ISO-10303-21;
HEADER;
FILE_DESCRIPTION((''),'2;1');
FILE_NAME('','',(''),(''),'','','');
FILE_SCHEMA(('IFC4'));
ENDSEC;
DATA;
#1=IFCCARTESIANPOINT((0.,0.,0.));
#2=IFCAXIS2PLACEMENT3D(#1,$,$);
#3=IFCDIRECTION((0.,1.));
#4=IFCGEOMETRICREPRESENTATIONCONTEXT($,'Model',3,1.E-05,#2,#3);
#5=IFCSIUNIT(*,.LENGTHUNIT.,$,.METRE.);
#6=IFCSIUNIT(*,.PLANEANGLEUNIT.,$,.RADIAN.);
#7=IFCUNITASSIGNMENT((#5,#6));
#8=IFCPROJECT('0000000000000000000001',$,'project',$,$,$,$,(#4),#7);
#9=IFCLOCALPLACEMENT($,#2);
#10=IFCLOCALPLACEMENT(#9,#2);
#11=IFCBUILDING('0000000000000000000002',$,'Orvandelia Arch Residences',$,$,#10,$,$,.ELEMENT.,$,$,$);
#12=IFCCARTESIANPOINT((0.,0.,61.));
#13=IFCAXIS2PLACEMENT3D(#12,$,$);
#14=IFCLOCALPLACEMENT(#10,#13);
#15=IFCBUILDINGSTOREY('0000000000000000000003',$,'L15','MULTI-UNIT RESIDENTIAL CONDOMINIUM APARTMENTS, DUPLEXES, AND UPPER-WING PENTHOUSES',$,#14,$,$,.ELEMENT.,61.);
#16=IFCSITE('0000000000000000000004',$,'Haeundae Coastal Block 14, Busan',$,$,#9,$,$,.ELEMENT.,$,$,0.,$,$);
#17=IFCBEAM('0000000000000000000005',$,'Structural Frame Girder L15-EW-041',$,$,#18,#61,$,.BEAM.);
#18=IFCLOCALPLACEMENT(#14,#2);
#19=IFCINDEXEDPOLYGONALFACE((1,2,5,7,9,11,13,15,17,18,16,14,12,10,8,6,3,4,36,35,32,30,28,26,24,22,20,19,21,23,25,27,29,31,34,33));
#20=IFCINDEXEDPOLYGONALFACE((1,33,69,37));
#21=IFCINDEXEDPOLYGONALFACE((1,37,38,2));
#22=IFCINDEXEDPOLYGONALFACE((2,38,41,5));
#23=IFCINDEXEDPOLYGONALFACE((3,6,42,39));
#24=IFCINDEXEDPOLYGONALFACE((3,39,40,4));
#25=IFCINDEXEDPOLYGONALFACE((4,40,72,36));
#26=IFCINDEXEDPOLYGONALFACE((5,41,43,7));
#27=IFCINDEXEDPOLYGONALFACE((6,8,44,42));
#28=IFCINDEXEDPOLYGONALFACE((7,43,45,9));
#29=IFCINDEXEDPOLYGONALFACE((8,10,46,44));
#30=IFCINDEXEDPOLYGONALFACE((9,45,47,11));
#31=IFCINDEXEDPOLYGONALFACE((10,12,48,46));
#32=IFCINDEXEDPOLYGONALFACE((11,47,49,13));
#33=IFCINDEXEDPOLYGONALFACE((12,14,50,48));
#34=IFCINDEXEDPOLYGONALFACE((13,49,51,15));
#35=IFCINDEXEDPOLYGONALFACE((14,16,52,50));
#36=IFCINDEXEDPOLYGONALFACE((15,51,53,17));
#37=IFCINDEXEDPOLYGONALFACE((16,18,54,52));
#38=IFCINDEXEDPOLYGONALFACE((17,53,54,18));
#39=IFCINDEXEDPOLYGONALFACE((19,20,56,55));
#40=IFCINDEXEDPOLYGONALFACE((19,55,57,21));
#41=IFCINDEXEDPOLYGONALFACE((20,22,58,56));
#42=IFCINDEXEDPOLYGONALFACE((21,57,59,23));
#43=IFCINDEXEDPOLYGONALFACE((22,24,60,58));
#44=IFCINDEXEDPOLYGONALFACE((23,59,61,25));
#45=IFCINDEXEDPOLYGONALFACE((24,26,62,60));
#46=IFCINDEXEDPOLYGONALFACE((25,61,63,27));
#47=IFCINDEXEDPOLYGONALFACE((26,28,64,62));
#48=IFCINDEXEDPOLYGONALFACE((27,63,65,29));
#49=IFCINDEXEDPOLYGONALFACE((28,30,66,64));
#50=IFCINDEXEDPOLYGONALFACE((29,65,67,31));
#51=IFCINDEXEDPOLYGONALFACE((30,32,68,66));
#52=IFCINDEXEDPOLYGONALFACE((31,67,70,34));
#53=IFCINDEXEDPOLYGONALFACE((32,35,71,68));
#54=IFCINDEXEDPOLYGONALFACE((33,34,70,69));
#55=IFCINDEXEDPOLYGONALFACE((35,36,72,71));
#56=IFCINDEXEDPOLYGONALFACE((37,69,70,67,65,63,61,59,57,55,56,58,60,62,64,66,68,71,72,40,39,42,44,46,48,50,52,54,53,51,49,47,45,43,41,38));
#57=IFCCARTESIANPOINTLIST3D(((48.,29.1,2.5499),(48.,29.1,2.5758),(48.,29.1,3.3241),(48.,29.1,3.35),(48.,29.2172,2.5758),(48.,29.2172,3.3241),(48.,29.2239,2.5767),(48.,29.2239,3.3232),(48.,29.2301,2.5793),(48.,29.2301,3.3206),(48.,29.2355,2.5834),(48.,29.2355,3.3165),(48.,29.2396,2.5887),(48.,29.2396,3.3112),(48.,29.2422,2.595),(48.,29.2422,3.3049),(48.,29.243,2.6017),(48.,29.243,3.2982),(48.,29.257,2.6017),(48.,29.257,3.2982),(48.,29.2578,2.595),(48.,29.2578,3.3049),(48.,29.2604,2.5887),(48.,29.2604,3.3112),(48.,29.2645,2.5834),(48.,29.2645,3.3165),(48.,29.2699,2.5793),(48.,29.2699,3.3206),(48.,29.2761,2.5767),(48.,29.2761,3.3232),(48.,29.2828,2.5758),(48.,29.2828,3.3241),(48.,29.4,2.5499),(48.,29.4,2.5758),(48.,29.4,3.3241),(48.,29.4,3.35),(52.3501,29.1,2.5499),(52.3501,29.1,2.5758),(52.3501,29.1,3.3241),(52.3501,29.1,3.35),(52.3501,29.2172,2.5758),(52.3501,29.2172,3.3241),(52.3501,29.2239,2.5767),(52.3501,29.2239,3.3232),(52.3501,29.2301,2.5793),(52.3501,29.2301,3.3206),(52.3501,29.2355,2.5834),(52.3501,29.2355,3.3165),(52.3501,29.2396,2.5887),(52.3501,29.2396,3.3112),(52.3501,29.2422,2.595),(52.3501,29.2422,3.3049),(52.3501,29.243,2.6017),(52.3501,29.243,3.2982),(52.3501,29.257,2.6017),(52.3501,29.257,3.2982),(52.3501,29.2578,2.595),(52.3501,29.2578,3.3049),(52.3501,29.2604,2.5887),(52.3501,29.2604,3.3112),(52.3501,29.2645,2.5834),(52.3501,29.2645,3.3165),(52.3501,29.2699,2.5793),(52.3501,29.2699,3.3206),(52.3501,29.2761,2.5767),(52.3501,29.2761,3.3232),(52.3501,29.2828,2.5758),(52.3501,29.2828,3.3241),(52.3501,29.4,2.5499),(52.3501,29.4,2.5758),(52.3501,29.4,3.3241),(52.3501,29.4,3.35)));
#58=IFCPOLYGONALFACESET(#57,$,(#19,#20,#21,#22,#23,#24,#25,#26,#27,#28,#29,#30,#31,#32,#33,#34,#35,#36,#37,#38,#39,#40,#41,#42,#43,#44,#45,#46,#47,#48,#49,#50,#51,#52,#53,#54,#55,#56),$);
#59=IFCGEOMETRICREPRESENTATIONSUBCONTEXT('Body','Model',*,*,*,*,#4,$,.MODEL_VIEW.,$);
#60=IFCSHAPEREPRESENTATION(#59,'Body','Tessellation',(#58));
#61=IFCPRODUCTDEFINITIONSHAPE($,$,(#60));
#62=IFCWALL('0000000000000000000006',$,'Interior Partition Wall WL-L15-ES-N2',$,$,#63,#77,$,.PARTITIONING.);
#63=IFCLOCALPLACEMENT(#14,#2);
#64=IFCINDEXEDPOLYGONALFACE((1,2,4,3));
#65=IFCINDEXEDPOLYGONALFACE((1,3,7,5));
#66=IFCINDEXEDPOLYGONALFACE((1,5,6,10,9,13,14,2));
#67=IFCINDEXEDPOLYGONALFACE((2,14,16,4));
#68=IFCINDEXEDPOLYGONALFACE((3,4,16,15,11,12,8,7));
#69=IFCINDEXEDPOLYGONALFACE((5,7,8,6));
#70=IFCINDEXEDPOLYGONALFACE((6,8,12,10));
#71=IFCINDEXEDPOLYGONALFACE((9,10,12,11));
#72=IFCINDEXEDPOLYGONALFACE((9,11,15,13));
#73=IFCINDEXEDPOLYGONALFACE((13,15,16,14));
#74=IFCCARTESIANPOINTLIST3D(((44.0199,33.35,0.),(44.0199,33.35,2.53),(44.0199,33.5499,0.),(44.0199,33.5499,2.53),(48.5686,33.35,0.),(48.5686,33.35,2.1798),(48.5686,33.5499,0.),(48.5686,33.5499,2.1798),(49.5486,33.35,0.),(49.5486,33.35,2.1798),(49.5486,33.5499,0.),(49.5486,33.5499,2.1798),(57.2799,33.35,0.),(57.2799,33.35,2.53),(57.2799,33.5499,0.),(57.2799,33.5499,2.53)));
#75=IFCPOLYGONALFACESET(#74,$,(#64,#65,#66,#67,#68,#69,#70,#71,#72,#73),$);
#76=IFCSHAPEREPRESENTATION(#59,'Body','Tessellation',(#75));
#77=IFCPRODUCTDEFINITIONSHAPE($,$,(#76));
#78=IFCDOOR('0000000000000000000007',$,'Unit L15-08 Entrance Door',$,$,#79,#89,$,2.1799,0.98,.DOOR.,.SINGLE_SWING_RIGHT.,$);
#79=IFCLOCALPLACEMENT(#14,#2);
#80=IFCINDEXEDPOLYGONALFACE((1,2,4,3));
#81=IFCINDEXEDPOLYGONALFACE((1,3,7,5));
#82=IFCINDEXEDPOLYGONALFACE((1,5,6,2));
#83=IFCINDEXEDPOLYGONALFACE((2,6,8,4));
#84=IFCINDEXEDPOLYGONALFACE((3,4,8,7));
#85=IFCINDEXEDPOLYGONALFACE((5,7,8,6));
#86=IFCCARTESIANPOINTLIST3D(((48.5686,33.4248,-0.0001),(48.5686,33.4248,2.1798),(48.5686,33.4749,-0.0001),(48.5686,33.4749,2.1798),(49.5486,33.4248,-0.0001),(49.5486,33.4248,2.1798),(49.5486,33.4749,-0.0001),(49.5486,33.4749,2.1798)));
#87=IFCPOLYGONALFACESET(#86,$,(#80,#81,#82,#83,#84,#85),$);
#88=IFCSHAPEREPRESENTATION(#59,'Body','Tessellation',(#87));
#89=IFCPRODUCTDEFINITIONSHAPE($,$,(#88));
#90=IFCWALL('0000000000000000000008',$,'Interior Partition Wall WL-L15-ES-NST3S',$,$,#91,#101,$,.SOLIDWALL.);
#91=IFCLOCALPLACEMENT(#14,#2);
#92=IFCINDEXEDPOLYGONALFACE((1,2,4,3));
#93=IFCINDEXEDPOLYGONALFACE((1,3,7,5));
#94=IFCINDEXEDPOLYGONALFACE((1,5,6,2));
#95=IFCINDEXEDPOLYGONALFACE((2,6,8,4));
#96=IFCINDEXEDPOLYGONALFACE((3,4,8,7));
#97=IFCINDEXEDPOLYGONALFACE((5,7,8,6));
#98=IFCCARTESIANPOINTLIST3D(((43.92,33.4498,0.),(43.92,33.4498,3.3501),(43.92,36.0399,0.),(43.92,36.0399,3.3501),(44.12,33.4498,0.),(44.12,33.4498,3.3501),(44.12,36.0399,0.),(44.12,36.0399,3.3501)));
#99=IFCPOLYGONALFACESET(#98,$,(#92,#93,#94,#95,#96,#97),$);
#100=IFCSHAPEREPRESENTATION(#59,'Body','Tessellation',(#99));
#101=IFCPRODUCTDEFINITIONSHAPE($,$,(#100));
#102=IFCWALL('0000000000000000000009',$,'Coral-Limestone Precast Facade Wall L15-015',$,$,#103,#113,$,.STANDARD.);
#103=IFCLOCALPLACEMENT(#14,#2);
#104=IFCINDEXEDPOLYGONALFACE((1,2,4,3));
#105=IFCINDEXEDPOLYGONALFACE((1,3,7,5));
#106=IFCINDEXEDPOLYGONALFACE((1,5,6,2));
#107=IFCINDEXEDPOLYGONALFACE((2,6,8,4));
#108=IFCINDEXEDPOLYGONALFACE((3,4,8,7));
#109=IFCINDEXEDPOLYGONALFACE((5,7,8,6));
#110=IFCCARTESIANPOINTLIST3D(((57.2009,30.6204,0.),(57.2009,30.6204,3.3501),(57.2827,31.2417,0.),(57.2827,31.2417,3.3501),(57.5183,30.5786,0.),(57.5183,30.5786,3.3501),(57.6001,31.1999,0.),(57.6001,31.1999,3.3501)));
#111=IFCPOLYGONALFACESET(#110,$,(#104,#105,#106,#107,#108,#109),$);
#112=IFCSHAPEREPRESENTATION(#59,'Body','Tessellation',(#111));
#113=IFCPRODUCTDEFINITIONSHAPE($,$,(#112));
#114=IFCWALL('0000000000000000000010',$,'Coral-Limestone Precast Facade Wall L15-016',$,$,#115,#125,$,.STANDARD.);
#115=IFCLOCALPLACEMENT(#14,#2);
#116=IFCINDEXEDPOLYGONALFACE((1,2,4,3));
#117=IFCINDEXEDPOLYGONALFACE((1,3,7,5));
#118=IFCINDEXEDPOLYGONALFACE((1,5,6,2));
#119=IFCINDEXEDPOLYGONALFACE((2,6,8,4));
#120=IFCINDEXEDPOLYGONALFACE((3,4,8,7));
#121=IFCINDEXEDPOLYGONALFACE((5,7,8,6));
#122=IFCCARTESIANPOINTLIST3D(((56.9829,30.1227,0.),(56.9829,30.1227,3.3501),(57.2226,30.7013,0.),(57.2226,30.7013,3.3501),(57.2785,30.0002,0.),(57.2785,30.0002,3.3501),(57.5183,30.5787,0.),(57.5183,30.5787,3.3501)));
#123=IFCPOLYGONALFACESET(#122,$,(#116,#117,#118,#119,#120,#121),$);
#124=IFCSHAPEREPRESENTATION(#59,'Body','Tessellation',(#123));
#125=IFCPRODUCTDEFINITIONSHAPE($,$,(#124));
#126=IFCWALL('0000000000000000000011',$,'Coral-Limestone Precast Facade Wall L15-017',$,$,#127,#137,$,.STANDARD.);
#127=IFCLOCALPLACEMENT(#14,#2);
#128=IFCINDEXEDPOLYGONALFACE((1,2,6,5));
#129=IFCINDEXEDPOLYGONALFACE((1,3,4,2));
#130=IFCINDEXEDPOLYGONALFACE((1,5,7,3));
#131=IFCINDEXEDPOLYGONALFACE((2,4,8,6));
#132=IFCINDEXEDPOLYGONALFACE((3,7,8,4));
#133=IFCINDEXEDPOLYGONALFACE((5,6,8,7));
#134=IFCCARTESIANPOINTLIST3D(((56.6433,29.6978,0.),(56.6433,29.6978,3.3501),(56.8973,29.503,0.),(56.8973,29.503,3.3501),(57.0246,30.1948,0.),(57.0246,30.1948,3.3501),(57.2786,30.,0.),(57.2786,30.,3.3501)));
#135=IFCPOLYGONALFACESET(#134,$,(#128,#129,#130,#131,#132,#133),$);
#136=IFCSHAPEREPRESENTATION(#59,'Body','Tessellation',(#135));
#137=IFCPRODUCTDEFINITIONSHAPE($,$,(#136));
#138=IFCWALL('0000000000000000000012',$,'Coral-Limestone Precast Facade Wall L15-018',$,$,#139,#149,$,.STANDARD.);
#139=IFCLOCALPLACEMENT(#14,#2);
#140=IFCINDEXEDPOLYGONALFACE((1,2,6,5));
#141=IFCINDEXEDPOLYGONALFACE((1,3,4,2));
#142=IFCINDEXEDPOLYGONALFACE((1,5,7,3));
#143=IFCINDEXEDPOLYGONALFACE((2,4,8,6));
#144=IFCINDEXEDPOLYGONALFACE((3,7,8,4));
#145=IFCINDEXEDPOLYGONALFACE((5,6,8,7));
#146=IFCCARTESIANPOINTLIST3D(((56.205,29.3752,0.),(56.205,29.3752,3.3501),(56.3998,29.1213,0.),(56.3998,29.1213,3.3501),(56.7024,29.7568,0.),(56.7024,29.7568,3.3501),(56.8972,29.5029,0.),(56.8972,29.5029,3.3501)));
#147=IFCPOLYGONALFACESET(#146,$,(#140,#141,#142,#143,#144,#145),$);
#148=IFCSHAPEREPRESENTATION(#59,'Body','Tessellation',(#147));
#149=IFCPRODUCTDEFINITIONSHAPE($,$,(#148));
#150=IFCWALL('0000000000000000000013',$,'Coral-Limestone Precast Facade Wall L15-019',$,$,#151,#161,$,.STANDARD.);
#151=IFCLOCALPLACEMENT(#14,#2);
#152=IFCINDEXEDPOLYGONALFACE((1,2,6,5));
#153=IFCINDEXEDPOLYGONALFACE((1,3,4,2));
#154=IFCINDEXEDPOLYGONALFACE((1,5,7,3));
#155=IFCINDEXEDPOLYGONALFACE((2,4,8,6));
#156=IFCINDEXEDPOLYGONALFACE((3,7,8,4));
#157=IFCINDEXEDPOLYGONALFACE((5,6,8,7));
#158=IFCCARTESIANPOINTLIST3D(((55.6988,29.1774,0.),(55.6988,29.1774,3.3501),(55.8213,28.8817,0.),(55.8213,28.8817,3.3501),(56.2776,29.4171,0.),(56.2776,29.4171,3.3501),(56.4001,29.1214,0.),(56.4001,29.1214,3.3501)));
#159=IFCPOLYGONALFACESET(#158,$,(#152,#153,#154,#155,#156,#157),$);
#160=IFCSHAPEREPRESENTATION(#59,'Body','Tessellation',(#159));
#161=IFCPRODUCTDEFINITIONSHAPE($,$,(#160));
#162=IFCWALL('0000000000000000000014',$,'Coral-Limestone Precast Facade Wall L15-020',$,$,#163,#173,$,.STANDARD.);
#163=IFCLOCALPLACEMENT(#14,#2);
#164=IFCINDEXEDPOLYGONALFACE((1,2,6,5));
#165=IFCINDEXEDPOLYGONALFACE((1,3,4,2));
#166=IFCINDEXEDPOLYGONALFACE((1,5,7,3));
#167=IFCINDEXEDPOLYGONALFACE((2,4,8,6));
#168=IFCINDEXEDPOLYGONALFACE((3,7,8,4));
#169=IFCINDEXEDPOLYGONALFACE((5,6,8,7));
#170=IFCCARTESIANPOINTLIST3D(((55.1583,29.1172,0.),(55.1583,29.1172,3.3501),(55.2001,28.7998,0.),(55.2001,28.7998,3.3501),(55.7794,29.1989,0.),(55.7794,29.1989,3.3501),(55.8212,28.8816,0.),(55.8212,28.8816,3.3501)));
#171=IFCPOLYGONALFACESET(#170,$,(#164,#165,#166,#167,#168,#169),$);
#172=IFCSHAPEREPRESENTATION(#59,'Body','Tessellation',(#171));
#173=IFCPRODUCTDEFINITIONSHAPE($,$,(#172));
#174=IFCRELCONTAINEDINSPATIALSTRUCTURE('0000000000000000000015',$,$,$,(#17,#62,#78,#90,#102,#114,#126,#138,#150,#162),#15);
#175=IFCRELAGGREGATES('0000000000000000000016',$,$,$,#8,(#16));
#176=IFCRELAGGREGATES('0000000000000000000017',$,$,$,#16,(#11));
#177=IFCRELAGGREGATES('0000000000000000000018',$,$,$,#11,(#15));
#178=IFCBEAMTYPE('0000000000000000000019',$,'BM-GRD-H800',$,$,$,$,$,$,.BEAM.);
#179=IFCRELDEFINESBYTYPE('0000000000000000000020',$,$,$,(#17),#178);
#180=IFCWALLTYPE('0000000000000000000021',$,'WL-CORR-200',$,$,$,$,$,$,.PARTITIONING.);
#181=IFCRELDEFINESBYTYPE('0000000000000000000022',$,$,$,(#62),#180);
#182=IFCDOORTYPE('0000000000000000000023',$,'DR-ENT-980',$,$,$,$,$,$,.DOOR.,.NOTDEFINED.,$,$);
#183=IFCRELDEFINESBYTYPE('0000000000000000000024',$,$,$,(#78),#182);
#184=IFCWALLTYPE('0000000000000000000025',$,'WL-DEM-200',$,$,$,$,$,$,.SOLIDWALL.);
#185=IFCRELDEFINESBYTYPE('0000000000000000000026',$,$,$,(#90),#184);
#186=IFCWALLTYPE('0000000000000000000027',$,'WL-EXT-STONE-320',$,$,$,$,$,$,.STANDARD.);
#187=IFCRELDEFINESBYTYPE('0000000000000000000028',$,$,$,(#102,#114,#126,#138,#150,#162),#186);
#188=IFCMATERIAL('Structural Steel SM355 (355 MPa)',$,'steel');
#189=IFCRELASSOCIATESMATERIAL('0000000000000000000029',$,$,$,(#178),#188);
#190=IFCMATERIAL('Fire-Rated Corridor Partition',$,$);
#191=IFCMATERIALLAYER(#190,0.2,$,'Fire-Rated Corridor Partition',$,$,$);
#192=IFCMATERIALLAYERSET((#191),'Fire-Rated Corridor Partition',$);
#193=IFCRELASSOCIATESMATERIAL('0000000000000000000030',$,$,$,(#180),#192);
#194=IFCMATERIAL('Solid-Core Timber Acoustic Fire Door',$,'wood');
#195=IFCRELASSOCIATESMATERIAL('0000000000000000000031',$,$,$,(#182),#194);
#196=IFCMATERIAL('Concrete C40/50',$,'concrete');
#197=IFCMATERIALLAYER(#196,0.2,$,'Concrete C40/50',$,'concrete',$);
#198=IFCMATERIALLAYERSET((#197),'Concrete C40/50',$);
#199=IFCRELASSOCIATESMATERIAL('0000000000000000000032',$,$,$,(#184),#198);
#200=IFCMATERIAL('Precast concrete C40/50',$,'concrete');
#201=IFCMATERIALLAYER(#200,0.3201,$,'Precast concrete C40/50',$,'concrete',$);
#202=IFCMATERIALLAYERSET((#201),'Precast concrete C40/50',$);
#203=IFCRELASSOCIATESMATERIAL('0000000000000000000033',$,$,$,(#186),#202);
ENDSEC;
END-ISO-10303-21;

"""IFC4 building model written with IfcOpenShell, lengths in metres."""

from ifc_helpers import new_model, si_unit, direction, frame, frame_2d, origin, origin_2d, place, context, subcontext, project, spatial, rectangle, i_section, extrude, material, layer, layer_set, material_profile, profile_set, type_object, element, fill, save


model = new_model("IFC4")

# Units and contexts
model_context = context("Model", 3, precision=1e-05, world=origin(), true_north=direction((0.0, 1.0)))
body_context = subcontext(model_context, "Body", "Model", "MODEL_VIEW")
ifc_project = project(units=[si_unit("LENGTHUNIT", "METRE"), si_unit("PLANEANGLEUNIT", "RADIAN")], contexts=[model_context])

# Site, building, storey
site_placement = place(None, origin())
site = spatial("IfcSite", under=ifc_project, at=site_placement, Name="Haeundae Coastal Block 14, Busan", CompositionType="ELEMENT", RefElevation=0.0)
building_placement = place(site_placement, origin())
building = spatial("IfcBuilding", under=site, at=building_placement, Name="Orvandelia Arch Residences", CompositionType="ELEMENT")
storey_placement = place(building_placement, frame((0.0, 0.0, 61.0)))
storey = spatial("IfcBuildingStorey", under=building, at=storey_placement, Name="L15", Description="MULTI-UNIT RESIDENTIAL CONDOMINIUM APARTMENTS, DUPLEXES, AND UPPER-WING PENTHOUSES", CompositionType="ELEMENT", Elevation=61.0)

# Beam
ifc_material_1 = material(Name="Structural Steel SM355 (355 MPa)", Category="steel")
ifc_material_profile_1 = material_profile(ifc_material_1, i_section(OverallWidth=0.3, OverallDepth=0.8, WebThickness=0.0139, FlangeThickness=0.0259, FilletRadius=0.0259, at=origin_2d()), Name="Structural Steel SM355 (355 MPa)", Category="steel")
ifc_profile_set_1 = profile_set([ifc_material_profile_1], Name="Structural Steel SM355 (355 MPa)")
beam_type = type_object("IfcBeamType", Name="BM-GRD-H800", PredefinedType="BEAM", material=ifc_profile_set_1)
beam_1_placement = place(storey_placement, frame((48.0, 29.25, 2.95), z_axis=(1.0, 0.0, 0.0), x_axis=(0.0, 1.0, 0.0)))
element("IfcBeam", 1, at=beam_1_placement, inside=storey, type_object=beam_type, Name="Structural Frame Girder L15-EW-041", PredefinedType="BEAM", context=body_context, shape_type="SweptSolid", body=[
    extrude(i_section(OverallWidth=0.3, OverallDepth=0.8, WebThickness=0.0139, FlangeThickness=0.0259, FilletRadius=0.0259, at=origin_2d()), origin(), (0.0, 0.0, 1.0), 4.3501),
])

# Wall, opening, door
ifc_material_2 = material(Name="Fire-Rated Corridor Partition")
ifc_layer_1 = layer(ifc_material_2, 0.2, Name="Fire-Rated Corridor Partition")
ifc_layer_set_1 = layer_set([ifc_layer_1], Name="Fire-Rated Corridor Partition")
wall_type_1 = type_object("IfcWallType", Name="WL-CORR-200", PredefinedType="PARTITIONING", material=ifc_layer_set_1)
wall_1_placement = place(storey_placement, frame((44.02, 33.45, 0.0), z_axis=(0.0, 0.0, 1.0), x_axis=(1.0, 0.0, 0.0)))
wall_1 = element("IfcWall", 2, at=wall_1_placement, inside=storey, type_object=wall_type_1, Name="Interior Partition Wall WL-L15-ES-N2", PredefinedType="PARTITIONING", context=body_context, shape_type="SweptSolid", body=[
    extrude(rectangle(XDim=13.26, YDim=0.2, at=frame_2d((6.6299, 0.0))), origin(), (0.0, 0.0, 1.0), 2.53),
])
opening_1_placement = place(wall_1_placement, frame((4.5486, 0.0, 0.0)))
opening_1 = element("IfcOpeningElement", 3, at=opening_1_placement, cuts=wall_1, PredefinedType="OPENING", context=body_context, shape_type="SweptSolid", body=[
    extrude(rectangle(XDim=0.98, YDim=2.1799, at=frame_2d((0.49, 1.0898))), frame((0.0, 0.1099, 0.0), z_axis=(0.0, -1.0, 0.0), x_axis=(1.0, 0.0, 0.0)), (0.0, 0.0, 1.0), 0.22),
])
ifc_material_3 = material(Name="Solid-Core Timber Acoustic Fire Door", Category="wood")
door_type_1 = type_object("IfcDoorType", Name="DR-ENT-980", OperationType="NOTDEFINED", PredefinedType="DOOR", material=ifc_material_3)
door_1_placement = place(opening_1_placement, origin())
door_1 = element("IfcDoor", 4, at=door_1_placement, inside=storey, type_object=door_type_1, Name="Unit L15-08 Entrance Door", OperationType="SINGLE_SWING_RIGHT", OverallHeight=2.1799, OverallWidth=0.98, PredefinedType="DOOR", context=body_context, shape_type="SweptSolid", body=[
    extrude(rectangle(XDim=0.98, YDim=2.1799, at=frame_2d((0.49, 1.0898))), frame((0.0, 0.0249, 0.0), z_axis=(0.0, -1.0, 0.0), x_axis=(1.0, 0.0, 0.0)), (0.0, 0.0, 1.0), 0.05),
])
fill(opening_1, door_1)

# Walls
ifc_material_4 = material(Name="Concrete C40/50", Category="concrete")
ifc_layer_2 = layer(ifc_material_4, 0.2, Name="Concrete C40/50", Category="concrete")
ifc_layer_set_2 = layer_set([ifc_layer_2], Name="Concrete C40/50")
wall_type_2 = type_object("IfcWallType", Name="WL-DEM-200", PredefinedType="SOLIDWALL", material=ifc_layer_set_2)
wall_2_placement = place(storey_placement, frame((44.02, 33.45, 0.0), z_axis=(0.0, 0.0, 1.0), x_axis=(0.0, 1.0, 0.0)))
element("IfcWall", 5, at=wall_2_placement, inside=storey, type_object=wall_type_2, Name="Interior Partition Wall WL-L15-ES-NST3S", PredefinedType="SOLIDWALL", context=body_context, shape_type="SweptSolid", body=[
    extrude(rectangle(XDim=2.5901, YDim=0.2, at=frame_2d((1.2949, 0.0))), origin(), (0.0, 0.0, 1.0), 3.3501),
])
ifc_material_5 = material(Name="Precast concrete C40/50", Category="concrete")
ifc_layer_3 = layer(ifc_material_5, 0.3201, Name="Precast concrete C40/50", Category="concrete")
ifc_layer_set_3 = layer_set([ifc_layer_3], Name="Precast concrete C40/50")
wall_type_3 = type_object("IfcWallType", Name="WL-EXT-STONE-320", PredefinedType="STANDARD", material=ifc_layer_set_3)
wall_3_placement = place(storey_placement, frame((57.4414, 31.2209, 0.0), z_axis=(0.0, 0.0, 1.0), x_axis=(-0.130505, -0.991448, 0.0)))
element("IfcWall", 6, at=wall_3_placement, inside=storey, type_object=wall_type_3, Name="Coral-Limestone Precast Facade Wall L15-015", PredefinedType="STANDARD", context=body_context, shape_type="SweptSolid", body=[
    extrude(rectangle(XDim=0.6267, YDim=0.3201, at=frame_2d((0.3135, 0.0))), origin(), (0.0, 0.0, 1.0), 3.3501),
])
wall_4_placement = place(storey_placement, frame((57.3704, 30.6399, 0.0), z_axis=(0.0, 0.0, 1.0), x_axis=(-0.382788, -0.923836, 0.0)))
element("IfcWall", 7, at=wall_4_placement, inside=storey, type_object=wall_type_3, Name="Coral-Limestone Precast Facade Wall L15-016", PredefinedType="STANDARD", context=body_context, shape_type="SweptSolid", body=[
    extrude(rectangle(XDim=0.6262, YDim=0.3201, at=frame_2d((0.313, 0.0))), origin(), (0.0, 0.0, 1.0), 3.3501),
])
wall_5_placement = place(storey_placement, frame((57.1516, 30.0974, 0.0), z_axis=(0.0, 0.0, 1.0), x_axis=(-0.608693, -0.793406, 0.0)))
element("IfcWall", 8, at=wall_5_placement, inside=storey, type_object=wall_type_3, Name="Coral-Limestone Precast Facade Wall L15-017", PredefinedType="STANDARD", context=body_context, shape_type="SweptSolid", body=[
    extrude(rectangle(XDim=0.6265, YDim=0.3201, at=frame_2d((0.3132, 0.0))), origin(), (0.0, 0.0, 1.0), 3.3501),
])
wall_6_placement = place(storey_placement, frame((56.7998, 29.6299, 0.0), z_axis=(0.0, 0.0, 1.0), x_axis=(-0.793362, -0.60875, 0.0)))
element("IfcWall", 9, at=wall_6_placement, inside=storey, type_object=wall_type_3, Name="Coral-Limestone Precast Facade Wall L15-018", PredefinedType="STANDARD", context=body_context, shape_type="SweptSolid", body=[
    extrude(rectangle(XDim=0.627, YDim=0.3201, at=frame_2d((0.3135, 0.0))), origin(), (0.0, 0.0, 1.0), 3.3501),
])
for number, where, z_axis, x_axis, name in (
    (10, (56.3389, 29.2693, 0.0), (0.0, 0.0, 1.0), (-0.923893, -0.38265, 0.0), "Coral-Limestone Precast Facade Wall L15-019"),
    (11, (55.8003, 29.0403, 0.0), (0.0, 0.0, 1.0), (-0.991441, -0.130555, 0.0), "Coral-Limestone Precast Facade Wall L15-020"),
):
    element("IfcWall", number, at=place(storey_placement, frame(where, z_axis=z_axis, x_axis=x_axis)), inside=storey, type_object=wall_type_3, Name=name, PredefinedType="STANDARD", context=body_context, shape_type="SweptSolid", body=[
        extrude(rectangle(XDim=0.6265, YDim=0.3201, at=frame_2d((0.3132, 0.0))), origin(), (0.0, 0.0, 1.0), 3.3501),
    ])

save(model, "model.ifc")
